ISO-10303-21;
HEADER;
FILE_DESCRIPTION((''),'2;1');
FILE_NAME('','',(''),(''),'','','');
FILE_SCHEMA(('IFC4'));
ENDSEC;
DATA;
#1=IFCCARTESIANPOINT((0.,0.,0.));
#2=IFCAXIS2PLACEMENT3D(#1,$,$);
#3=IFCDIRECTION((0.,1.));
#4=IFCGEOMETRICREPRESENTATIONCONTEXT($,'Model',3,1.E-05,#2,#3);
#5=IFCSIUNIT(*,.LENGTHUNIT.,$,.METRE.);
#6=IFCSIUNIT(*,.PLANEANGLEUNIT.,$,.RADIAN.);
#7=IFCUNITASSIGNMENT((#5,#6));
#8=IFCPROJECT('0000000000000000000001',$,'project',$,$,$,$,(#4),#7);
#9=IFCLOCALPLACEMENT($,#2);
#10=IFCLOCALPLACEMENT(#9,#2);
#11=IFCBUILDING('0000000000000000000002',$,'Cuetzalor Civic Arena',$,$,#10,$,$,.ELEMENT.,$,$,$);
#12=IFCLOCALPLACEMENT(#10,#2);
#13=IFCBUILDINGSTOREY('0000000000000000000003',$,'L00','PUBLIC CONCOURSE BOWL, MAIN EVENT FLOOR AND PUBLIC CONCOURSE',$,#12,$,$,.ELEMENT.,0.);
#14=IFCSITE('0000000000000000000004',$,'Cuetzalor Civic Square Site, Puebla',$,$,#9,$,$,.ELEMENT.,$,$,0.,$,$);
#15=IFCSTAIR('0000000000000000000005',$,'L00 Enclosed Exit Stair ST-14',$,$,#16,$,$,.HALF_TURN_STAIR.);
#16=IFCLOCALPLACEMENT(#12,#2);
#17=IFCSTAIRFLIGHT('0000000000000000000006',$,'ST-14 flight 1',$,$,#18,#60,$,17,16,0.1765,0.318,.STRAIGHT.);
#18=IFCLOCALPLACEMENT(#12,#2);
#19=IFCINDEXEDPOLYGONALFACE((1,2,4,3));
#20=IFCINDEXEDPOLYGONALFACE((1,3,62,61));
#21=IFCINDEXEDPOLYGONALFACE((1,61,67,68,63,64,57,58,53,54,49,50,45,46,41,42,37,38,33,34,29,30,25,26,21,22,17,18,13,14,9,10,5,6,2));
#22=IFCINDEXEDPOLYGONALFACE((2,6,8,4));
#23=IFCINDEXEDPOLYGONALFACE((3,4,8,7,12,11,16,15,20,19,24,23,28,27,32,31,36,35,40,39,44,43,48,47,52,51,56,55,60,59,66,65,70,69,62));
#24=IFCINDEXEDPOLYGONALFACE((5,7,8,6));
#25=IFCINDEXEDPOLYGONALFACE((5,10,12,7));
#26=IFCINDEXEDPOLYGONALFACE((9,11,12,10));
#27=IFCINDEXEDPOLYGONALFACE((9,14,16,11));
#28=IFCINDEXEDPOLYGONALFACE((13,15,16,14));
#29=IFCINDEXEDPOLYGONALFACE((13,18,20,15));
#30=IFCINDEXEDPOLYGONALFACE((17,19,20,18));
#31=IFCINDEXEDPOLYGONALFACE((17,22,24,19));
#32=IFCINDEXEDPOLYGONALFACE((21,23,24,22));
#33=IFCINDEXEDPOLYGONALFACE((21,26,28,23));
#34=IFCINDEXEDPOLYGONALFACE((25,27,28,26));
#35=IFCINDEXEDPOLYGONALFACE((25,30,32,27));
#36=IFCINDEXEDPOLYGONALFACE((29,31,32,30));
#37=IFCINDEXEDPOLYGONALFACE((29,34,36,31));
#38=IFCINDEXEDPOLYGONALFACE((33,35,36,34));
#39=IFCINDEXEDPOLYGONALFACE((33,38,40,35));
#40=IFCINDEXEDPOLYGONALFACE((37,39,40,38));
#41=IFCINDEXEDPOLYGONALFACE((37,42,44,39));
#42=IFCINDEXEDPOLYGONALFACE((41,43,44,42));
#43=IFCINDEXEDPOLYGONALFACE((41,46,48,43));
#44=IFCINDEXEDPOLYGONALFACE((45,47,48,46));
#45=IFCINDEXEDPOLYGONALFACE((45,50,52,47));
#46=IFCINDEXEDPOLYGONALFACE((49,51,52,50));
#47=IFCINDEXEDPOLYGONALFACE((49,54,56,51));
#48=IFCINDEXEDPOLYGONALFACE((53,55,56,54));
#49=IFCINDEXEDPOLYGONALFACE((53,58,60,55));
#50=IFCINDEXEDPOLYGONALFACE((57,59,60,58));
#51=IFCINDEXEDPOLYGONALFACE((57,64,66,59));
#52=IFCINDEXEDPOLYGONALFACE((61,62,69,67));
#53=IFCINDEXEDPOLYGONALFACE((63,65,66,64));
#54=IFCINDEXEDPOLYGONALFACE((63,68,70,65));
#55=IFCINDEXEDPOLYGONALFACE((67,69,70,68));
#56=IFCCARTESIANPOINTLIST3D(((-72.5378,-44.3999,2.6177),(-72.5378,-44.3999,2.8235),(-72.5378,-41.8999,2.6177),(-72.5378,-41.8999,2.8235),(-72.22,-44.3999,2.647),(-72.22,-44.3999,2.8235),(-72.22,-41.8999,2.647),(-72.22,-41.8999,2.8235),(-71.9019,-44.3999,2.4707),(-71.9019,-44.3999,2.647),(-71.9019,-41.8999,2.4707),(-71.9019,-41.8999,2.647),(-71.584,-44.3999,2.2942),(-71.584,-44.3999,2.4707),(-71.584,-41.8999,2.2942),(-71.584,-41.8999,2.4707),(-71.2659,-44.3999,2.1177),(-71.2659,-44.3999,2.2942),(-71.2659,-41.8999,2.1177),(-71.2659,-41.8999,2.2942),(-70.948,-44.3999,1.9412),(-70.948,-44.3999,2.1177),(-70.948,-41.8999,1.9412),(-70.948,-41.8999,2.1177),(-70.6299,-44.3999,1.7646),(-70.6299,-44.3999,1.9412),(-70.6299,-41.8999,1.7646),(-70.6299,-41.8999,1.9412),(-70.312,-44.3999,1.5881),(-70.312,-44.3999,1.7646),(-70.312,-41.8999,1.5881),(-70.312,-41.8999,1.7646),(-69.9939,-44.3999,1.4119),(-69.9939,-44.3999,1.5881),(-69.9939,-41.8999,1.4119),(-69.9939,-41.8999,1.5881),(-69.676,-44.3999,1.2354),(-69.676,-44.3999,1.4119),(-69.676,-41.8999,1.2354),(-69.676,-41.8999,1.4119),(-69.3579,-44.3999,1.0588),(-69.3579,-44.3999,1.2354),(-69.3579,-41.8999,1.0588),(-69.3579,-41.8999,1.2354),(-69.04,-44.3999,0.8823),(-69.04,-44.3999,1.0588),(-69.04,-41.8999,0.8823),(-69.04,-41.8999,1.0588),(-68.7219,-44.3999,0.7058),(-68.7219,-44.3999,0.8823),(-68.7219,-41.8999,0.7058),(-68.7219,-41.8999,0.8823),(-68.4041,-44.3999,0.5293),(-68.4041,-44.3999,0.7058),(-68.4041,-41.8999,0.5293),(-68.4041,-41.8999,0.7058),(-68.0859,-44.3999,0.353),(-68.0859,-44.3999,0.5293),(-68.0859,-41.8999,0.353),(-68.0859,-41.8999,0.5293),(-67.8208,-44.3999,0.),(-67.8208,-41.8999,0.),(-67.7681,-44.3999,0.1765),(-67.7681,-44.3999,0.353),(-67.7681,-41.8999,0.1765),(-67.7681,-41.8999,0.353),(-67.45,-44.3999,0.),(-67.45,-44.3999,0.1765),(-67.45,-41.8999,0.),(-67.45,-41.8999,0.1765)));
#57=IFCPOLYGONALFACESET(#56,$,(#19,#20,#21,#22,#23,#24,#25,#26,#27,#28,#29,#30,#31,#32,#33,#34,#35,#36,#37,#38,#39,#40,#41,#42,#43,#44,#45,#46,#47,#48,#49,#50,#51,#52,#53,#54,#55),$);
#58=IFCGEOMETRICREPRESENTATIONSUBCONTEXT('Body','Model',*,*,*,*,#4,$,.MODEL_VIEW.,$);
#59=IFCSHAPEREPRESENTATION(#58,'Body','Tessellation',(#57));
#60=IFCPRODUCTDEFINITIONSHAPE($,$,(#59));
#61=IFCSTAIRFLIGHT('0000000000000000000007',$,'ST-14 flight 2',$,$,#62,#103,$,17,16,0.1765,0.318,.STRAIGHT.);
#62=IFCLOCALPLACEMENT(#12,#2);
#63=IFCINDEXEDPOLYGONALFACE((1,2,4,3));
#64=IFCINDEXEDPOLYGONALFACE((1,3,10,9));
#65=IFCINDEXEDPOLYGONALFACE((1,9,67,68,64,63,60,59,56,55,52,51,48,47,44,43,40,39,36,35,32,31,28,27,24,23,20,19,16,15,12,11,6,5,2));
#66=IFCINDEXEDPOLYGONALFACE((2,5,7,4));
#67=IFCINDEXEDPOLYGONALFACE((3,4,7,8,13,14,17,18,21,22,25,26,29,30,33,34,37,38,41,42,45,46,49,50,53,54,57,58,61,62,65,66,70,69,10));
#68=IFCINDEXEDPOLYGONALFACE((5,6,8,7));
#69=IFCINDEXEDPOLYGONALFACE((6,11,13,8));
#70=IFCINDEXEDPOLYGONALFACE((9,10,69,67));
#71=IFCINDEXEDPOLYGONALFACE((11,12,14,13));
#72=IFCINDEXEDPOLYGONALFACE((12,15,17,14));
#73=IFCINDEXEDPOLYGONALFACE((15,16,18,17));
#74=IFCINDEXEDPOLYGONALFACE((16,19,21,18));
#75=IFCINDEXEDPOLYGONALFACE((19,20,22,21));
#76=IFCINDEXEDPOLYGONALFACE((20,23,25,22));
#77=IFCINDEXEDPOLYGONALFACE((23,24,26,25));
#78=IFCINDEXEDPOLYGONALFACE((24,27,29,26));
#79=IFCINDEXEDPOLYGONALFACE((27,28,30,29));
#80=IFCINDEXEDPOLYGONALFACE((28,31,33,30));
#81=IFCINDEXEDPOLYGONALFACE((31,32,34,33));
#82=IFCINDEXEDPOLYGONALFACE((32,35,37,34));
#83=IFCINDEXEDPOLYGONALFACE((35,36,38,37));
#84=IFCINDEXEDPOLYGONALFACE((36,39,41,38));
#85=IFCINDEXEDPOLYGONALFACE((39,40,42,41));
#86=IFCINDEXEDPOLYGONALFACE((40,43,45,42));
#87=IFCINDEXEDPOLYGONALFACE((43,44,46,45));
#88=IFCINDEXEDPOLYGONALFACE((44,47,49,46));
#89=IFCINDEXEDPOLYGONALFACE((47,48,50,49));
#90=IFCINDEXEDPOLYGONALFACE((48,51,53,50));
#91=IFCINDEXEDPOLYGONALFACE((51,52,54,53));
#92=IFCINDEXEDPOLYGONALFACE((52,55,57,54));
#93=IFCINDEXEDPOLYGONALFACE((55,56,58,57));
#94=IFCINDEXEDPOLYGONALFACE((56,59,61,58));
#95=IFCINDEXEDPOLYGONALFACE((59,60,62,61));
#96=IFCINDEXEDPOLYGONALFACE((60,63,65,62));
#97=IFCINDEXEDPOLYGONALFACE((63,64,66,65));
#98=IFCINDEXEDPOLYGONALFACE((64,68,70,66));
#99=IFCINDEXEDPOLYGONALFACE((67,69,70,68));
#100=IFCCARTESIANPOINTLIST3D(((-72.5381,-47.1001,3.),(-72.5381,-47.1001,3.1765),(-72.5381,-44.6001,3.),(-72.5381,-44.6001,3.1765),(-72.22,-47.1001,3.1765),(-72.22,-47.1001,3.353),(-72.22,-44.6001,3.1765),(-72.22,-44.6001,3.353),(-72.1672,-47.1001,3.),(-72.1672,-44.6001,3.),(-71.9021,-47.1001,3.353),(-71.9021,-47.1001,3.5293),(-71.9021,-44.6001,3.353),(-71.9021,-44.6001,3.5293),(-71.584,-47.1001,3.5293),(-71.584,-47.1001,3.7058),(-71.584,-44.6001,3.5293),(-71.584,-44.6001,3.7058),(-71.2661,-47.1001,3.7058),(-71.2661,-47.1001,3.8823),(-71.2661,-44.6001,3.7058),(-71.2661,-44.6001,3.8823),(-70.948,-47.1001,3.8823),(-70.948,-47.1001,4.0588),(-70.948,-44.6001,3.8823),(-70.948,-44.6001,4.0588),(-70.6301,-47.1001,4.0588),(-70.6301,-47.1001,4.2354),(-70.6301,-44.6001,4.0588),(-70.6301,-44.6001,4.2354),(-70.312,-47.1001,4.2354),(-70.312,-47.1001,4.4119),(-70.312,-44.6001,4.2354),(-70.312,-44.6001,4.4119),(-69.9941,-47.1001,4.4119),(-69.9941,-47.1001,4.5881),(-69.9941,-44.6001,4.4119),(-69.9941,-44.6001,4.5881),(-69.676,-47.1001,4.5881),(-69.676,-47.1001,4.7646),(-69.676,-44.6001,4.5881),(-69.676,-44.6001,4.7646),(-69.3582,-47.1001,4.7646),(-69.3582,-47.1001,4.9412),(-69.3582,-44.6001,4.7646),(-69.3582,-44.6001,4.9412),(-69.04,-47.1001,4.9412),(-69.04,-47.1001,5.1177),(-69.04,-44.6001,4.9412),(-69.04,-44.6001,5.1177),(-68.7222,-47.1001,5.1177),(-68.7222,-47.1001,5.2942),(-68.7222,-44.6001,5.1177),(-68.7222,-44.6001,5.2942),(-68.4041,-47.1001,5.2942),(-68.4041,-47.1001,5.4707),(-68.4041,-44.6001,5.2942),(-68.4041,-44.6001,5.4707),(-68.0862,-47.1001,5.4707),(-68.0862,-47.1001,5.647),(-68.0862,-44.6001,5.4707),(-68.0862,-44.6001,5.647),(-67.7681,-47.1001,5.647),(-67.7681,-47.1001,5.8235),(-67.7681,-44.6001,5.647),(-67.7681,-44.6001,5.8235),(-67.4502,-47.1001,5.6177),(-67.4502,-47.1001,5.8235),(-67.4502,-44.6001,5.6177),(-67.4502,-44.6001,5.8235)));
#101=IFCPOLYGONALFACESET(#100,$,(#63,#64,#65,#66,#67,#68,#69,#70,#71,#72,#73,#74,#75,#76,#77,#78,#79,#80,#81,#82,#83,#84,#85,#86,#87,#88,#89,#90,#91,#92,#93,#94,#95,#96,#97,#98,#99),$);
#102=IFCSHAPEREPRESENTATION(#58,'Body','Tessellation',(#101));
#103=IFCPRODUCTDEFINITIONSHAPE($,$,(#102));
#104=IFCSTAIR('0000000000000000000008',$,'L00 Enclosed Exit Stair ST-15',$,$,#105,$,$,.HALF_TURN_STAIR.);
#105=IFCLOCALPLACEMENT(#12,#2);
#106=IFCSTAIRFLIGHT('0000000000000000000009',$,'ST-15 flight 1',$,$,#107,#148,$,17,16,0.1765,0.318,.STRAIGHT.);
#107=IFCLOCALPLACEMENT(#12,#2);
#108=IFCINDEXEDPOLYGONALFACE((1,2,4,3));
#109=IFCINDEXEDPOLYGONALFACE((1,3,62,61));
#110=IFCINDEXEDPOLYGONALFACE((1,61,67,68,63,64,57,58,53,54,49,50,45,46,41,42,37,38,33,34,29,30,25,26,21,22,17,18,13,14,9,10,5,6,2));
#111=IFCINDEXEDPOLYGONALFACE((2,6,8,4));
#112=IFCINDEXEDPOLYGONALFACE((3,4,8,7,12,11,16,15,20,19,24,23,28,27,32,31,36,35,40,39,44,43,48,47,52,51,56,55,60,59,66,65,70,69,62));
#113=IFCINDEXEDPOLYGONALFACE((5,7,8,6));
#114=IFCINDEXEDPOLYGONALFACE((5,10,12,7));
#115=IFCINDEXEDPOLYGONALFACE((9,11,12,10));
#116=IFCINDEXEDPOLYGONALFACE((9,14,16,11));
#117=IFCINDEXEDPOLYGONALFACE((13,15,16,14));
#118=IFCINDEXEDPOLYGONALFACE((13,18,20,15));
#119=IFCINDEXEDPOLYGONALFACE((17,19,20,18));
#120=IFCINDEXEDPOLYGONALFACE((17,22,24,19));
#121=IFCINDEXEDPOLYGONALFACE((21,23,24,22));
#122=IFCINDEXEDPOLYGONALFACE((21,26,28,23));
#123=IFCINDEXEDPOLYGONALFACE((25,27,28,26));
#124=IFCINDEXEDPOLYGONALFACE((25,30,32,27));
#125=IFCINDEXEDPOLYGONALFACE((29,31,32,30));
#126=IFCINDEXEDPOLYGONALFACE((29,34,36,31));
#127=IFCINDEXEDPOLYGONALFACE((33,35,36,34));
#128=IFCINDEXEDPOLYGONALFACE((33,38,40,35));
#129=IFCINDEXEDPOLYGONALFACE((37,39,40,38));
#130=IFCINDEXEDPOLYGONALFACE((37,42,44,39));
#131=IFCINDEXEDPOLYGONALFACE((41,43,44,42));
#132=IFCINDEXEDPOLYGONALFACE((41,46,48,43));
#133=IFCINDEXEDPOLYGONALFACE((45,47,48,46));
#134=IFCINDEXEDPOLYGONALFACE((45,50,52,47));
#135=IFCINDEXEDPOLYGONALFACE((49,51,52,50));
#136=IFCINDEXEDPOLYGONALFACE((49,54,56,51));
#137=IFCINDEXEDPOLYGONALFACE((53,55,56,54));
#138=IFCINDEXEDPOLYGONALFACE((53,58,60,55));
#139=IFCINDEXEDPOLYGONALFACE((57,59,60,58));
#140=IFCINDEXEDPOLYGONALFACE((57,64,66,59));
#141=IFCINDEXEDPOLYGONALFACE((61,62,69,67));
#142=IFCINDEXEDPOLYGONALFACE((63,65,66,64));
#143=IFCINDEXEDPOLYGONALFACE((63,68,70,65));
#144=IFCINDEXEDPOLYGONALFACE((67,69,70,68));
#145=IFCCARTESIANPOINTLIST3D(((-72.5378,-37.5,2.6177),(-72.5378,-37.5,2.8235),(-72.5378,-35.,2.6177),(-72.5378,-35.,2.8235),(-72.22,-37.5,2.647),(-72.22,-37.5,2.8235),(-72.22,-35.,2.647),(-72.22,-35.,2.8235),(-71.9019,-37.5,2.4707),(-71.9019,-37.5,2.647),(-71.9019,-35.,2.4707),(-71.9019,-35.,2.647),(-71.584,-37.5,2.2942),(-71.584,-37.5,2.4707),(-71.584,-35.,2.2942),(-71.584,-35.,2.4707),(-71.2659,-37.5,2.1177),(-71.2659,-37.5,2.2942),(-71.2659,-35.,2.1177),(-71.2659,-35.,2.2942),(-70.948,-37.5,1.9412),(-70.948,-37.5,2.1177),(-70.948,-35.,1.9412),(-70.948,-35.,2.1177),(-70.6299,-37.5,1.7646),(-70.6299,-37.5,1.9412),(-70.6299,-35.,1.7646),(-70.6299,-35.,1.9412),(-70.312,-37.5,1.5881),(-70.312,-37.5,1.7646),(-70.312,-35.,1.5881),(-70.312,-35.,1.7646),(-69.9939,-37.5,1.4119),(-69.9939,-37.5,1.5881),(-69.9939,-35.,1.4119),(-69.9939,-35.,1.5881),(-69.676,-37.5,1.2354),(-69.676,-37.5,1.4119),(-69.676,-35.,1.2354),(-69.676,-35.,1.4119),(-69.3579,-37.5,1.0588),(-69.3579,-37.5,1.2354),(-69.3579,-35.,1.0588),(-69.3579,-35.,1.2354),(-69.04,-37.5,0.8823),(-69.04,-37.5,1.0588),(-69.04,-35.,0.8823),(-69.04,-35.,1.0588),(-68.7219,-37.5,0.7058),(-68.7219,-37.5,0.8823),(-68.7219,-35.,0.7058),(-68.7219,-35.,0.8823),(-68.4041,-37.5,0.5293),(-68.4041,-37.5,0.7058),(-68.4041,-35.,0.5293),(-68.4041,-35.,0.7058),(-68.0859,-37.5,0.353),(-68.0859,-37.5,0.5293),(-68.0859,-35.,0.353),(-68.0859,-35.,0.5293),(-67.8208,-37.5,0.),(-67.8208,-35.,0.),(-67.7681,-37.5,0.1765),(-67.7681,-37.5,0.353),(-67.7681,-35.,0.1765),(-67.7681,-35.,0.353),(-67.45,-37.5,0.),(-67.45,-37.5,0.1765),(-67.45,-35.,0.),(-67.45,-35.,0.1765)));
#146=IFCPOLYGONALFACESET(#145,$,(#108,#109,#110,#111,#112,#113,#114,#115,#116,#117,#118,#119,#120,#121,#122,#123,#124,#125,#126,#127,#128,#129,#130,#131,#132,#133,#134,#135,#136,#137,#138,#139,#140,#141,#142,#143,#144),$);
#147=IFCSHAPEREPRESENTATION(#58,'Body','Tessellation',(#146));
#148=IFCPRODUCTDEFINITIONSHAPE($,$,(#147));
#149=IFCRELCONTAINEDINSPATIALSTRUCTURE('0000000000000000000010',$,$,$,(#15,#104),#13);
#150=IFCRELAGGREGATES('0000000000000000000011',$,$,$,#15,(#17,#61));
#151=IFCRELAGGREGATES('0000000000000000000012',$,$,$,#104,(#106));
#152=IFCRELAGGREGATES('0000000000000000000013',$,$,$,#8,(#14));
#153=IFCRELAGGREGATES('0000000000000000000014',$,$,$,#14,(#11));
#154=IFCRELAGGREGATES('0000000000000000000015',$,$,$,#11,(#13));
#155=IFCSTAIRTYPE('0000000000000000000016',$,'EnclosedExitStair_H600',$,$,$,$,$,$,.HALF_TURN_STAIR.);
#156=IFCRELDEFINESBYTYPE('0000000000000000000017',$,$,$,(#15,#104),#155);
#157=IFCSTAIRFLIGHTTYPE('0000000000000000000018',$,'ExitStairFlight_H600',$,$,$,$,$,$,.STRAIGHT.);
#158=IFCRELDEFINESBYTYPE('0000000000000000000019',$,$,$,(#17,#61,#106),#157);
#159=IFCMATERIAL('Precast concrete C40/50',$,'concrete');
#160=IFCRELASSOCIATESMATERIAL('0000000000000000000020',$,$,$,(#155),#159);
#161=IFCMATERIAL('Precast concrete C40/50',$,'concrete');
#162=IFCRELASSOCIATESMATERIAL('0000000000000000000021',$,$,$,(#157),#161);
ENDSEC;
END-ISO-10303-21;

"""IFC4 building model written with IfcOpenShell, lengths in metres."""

from ifc_helpers import new_model, si_unit, direction, frame, origin, place, context, subcontext, project, spatial, polyline, outline, extrude, material, type_object, element, aggregate, save


model = new_model("IFC4")

# Units and contexts
model_context = context("Model", 3, precision=1e-05, world=origin(), true_north=direction((0.0, 1.0)))
body_context = subcontext(model_context, "Body", "Model", "MODEL_VIEW")
ifc_project = project(units=[si_unit("LENGTHUNIT", "METRE"), si_unit("PLANEANGLEUNIT", "RADIAN")], contexts=[model_context])

# Site, building, storey
site_placement = place(None, origin())
site = spatial("IfcSite", under=ifc_project, at=site_placement, Name="Cuetzalor Civic Square Site, Puebla", CompositionType="ELEMENT", RefElevation=0.0)
building_placement = place(site_placement, origin())
building = spatial("IfcBuilding", under=site, at=building_placement, Name="Cuetzalor Civic Arena", CompositionType="ELEMENT")
storey_placement = place(building_placement, origin())
storey = spatial("IfcBuildingStorey", under=building, at=storey_placement, Name="L00", Description="PUBLIC CONCOURSE BOWL, MAIN EVENT FLOOR AND PUBLIC CONCOURSE", CompositionType="ELEMENT", Elevation=0.0)

# Shared definitions
ifc_material_1 = material(Name="Precast concrete C40/50", Category="concrete")
stair_type = type_object("IfcStairType", Name="EnclosedExitStair_H600", PredefinedType="HALF_TURN_STAIR", material=ifc_material_1)
ifc_material_2 = material(Name="Precast concrete C40/50", Category="concrete")
stair_flight_type = type_object("IfcStairFlightType", Name="ExitStairFlight_H600", PredefinedType="STRAIGHT", material=ifc_material_2)

# Stairs, stair flights
stair_1_placement = place(storey_placement, origin())
stair_1 = element("IfcStair", 1, at=stair_1_placement, inside=storey, type_object=stair_type, Name="L00 Enclosed Exit Stair ST-14", PredefinedType="HALF_TURN_STAIR")
stair_flight_1_placement = place(storey_placement, frame((-67.45, -43.1499, 0.0), z_axis=(0.0, 0.0, 1.0), x_axis=(-1.0, 0.0, 0.0)))
stair_flight_1 = element("IfcStairFlight", 2, at=stair_flight_1_placement, type_object=stair_flight_type, Name="ST-14 flight 1", NumberOfRisers=17, NumberOfTreads=16, PredefinedType="STRAIGHT", RiserHeight=0.1765, TreadLength=0.318, context=body_context, shape_type="SweptSolid", body=[
    extrude(outline(polyline([(0.0, 0.0), (0.0, 0.1765), (0.3181, 0.1765), (0.3181, 0.353), (0.636, 0.353), (0.636, 0.5293), (0.9541, 0.5293), (0.9541, 0.7058), (1.272, 0.7058), (1.272, 0.8823), (1.5901, 0.8823), (1.5901, 1.0588), (1.908, 1.0588), (1.908, 1.2354), (2.2261, 1.2354), (2.2261, 1.4119), (2.5439, 1.4119), (2.5439, 1.5881), (2.8621, 1.5881), (2.8621, 1.7646), (3.1799, 1.7646), (3.1799, 1.9412), (3.498, 1.9412), (3.498, 2.1177), (3.8159, 2.1177), (3.8159, 2.2942), (4.134, 2.2942), (4.134, 2.4707), (4.4519, 2.4707), (4.4519, 2.647), (4.77, 2.647), (4.77, 2.8235), (5.0879, 2.8235), (5.0879, 3.0), (5.0879, 2.6177), (0.3708, 0.0), (0.0, 0.0)])), frame((0.0, 1.25, 0.0), z_axis=(0.0, -1.0, 0.0), x_axis=(1.0, 0.0, 0.0)), (0.0, 0.0, 1.0), 2.5),
])
stair_flight_2_placement = place(storey_placement, frame((-72.5381, -45.8501, 3.0), z_axis=(0.0, 0.0, 1.0), x_axis=(1.0, 0.0, 0.0)))
stair_flight_2 = element("IfcStairFlight", 3, at=stair_flight_2_placement, type_object=stair_flight_type, Name="ST-14 flight 2", NumberOfRisers=17, NumberOfTreads=16, PredefinedType="STRAIGHT", RiserHeight=0.1765, TreadLength=0.318, context=body_context, shape_type="SweptSolid", body=[
    extrude(outline(polyline([(0.0, 0.0), (0.0, 0.1765), (0.3181, 0.1765), (0.3181, 0.353), (0.636, 0.353), (0.636, 0.5293), (0.9541, 0.5293), (0.9541, 0.7058), (1.272, 0.7058), (1.272, 0.8823), (1.5901, 0.8823), (1.5901, 1.0588), (1.908, 1.0588), (1.908, 1.2354), (2.2261, 1.2354), (2.2261, 1.4119), (2.5439, 1.4119), (2.5439, 1.5881), (2.8621, 1.5881), (2.8621, 1.7646), (3.1799, 1.7646), (3.1799, 1.9412), (3.498, 1.9412), (3.498, 2.1177), (3.8159, 2.1177), (3.8159, 2.2942), (4.134, 2.2942), (4.134, 2.4707), (4.4519, 2.4707), (4.4519, 2.647), (4.77, 2.647), (4.77, 2.8235), (5.0879, 2.8235), (5.0879, 3.0), (5.0879, 2.6177), (0.3708, 0.0), (0.0, 0.0)])), frame((0.0, 1.25, 0.0), z_axis=(0.0, -1.0, 0.0), x_axis=(1.0, 0.0, 0.0)), (0.0, 0.0, 1.0), 2.5),
])
aggregate(stair_1, [stair_flight_1, stair_flight_2])
stair_2_placement = place(storey_placement, origin())
stair_2 = element("IfcStair", 4, at=stair_2_placement, inside=storey, type_object=stair_type, Name="L00 Enclosed Exit Stair ST-15", PredefinedType="HALF_TURN_STAIR")
stair_flight_3_placement = place(storey_placement, frame((-67.45, -36.25, 0.0), z_axis=(0.0, 0.0, 1.0), x_axis=(-1.0, 0.0, 0.0)))
stair_flight_3 = element("IfcStairFlight", 5, at=stair_flight_3_placement, type_object=stair_flight_type, Name="ST-15 flight 1", NumberOfRisers=17, NumberOfTreads=16, PredefinedType="STRAIGHT", RiserHeight=0.1765, TreadLength=0.318, context=body_context, shape_type="SweptSolid", body=[
    extrude(outline(polyline([(0.0, 0.0), (0.0, 0.1765), (0.3181, 0.1765), (0.3181, 0.353), (0.636, 0.353), (0.636, 0.5293), (0.9541, 0.5293), (0.9541, 0.7058), (1.272, 0.7058), (1.272, 0.8823), (1.5901, 0.8823), (1.5901, 1.0588), (1.908, 1.0588), (1.908, 1.2354), (2.2261, 1.2354), (2.2261, 1.4119), (2.5439, 1.4119), (2.5439, 1.5881), (2.8621, 1.5881), (2.8621, 1.7646), (3.1799, 1.7646), (3.1799, 1.9412), (3.498, 1.9412), (3.498, 2.1177), (3.8159, 2.1177), (3.8159, 2.2942), (4.134, 2.2942), (4.134, 2.4707), (4.4519, 2.4707), (4.4519, 2.647), (4.77, 2.647), (4.77, 2.8235), (5.0879, 2.8235), (5.0879, 3.0), (5.0879, 2.6177), (0.3708, 0.0), (0.0, 0.0)])), frame((0.0, 1.25, 0.0), z_axis=(0.0, -1.0, 0.0), x_axis=(1.0, 0.0, 0.0)), (0.0, 0.0, 1.0), 2.5),
])
aggregate(stair_2, [stair_flight_3])

save(model, "model.ifc")
